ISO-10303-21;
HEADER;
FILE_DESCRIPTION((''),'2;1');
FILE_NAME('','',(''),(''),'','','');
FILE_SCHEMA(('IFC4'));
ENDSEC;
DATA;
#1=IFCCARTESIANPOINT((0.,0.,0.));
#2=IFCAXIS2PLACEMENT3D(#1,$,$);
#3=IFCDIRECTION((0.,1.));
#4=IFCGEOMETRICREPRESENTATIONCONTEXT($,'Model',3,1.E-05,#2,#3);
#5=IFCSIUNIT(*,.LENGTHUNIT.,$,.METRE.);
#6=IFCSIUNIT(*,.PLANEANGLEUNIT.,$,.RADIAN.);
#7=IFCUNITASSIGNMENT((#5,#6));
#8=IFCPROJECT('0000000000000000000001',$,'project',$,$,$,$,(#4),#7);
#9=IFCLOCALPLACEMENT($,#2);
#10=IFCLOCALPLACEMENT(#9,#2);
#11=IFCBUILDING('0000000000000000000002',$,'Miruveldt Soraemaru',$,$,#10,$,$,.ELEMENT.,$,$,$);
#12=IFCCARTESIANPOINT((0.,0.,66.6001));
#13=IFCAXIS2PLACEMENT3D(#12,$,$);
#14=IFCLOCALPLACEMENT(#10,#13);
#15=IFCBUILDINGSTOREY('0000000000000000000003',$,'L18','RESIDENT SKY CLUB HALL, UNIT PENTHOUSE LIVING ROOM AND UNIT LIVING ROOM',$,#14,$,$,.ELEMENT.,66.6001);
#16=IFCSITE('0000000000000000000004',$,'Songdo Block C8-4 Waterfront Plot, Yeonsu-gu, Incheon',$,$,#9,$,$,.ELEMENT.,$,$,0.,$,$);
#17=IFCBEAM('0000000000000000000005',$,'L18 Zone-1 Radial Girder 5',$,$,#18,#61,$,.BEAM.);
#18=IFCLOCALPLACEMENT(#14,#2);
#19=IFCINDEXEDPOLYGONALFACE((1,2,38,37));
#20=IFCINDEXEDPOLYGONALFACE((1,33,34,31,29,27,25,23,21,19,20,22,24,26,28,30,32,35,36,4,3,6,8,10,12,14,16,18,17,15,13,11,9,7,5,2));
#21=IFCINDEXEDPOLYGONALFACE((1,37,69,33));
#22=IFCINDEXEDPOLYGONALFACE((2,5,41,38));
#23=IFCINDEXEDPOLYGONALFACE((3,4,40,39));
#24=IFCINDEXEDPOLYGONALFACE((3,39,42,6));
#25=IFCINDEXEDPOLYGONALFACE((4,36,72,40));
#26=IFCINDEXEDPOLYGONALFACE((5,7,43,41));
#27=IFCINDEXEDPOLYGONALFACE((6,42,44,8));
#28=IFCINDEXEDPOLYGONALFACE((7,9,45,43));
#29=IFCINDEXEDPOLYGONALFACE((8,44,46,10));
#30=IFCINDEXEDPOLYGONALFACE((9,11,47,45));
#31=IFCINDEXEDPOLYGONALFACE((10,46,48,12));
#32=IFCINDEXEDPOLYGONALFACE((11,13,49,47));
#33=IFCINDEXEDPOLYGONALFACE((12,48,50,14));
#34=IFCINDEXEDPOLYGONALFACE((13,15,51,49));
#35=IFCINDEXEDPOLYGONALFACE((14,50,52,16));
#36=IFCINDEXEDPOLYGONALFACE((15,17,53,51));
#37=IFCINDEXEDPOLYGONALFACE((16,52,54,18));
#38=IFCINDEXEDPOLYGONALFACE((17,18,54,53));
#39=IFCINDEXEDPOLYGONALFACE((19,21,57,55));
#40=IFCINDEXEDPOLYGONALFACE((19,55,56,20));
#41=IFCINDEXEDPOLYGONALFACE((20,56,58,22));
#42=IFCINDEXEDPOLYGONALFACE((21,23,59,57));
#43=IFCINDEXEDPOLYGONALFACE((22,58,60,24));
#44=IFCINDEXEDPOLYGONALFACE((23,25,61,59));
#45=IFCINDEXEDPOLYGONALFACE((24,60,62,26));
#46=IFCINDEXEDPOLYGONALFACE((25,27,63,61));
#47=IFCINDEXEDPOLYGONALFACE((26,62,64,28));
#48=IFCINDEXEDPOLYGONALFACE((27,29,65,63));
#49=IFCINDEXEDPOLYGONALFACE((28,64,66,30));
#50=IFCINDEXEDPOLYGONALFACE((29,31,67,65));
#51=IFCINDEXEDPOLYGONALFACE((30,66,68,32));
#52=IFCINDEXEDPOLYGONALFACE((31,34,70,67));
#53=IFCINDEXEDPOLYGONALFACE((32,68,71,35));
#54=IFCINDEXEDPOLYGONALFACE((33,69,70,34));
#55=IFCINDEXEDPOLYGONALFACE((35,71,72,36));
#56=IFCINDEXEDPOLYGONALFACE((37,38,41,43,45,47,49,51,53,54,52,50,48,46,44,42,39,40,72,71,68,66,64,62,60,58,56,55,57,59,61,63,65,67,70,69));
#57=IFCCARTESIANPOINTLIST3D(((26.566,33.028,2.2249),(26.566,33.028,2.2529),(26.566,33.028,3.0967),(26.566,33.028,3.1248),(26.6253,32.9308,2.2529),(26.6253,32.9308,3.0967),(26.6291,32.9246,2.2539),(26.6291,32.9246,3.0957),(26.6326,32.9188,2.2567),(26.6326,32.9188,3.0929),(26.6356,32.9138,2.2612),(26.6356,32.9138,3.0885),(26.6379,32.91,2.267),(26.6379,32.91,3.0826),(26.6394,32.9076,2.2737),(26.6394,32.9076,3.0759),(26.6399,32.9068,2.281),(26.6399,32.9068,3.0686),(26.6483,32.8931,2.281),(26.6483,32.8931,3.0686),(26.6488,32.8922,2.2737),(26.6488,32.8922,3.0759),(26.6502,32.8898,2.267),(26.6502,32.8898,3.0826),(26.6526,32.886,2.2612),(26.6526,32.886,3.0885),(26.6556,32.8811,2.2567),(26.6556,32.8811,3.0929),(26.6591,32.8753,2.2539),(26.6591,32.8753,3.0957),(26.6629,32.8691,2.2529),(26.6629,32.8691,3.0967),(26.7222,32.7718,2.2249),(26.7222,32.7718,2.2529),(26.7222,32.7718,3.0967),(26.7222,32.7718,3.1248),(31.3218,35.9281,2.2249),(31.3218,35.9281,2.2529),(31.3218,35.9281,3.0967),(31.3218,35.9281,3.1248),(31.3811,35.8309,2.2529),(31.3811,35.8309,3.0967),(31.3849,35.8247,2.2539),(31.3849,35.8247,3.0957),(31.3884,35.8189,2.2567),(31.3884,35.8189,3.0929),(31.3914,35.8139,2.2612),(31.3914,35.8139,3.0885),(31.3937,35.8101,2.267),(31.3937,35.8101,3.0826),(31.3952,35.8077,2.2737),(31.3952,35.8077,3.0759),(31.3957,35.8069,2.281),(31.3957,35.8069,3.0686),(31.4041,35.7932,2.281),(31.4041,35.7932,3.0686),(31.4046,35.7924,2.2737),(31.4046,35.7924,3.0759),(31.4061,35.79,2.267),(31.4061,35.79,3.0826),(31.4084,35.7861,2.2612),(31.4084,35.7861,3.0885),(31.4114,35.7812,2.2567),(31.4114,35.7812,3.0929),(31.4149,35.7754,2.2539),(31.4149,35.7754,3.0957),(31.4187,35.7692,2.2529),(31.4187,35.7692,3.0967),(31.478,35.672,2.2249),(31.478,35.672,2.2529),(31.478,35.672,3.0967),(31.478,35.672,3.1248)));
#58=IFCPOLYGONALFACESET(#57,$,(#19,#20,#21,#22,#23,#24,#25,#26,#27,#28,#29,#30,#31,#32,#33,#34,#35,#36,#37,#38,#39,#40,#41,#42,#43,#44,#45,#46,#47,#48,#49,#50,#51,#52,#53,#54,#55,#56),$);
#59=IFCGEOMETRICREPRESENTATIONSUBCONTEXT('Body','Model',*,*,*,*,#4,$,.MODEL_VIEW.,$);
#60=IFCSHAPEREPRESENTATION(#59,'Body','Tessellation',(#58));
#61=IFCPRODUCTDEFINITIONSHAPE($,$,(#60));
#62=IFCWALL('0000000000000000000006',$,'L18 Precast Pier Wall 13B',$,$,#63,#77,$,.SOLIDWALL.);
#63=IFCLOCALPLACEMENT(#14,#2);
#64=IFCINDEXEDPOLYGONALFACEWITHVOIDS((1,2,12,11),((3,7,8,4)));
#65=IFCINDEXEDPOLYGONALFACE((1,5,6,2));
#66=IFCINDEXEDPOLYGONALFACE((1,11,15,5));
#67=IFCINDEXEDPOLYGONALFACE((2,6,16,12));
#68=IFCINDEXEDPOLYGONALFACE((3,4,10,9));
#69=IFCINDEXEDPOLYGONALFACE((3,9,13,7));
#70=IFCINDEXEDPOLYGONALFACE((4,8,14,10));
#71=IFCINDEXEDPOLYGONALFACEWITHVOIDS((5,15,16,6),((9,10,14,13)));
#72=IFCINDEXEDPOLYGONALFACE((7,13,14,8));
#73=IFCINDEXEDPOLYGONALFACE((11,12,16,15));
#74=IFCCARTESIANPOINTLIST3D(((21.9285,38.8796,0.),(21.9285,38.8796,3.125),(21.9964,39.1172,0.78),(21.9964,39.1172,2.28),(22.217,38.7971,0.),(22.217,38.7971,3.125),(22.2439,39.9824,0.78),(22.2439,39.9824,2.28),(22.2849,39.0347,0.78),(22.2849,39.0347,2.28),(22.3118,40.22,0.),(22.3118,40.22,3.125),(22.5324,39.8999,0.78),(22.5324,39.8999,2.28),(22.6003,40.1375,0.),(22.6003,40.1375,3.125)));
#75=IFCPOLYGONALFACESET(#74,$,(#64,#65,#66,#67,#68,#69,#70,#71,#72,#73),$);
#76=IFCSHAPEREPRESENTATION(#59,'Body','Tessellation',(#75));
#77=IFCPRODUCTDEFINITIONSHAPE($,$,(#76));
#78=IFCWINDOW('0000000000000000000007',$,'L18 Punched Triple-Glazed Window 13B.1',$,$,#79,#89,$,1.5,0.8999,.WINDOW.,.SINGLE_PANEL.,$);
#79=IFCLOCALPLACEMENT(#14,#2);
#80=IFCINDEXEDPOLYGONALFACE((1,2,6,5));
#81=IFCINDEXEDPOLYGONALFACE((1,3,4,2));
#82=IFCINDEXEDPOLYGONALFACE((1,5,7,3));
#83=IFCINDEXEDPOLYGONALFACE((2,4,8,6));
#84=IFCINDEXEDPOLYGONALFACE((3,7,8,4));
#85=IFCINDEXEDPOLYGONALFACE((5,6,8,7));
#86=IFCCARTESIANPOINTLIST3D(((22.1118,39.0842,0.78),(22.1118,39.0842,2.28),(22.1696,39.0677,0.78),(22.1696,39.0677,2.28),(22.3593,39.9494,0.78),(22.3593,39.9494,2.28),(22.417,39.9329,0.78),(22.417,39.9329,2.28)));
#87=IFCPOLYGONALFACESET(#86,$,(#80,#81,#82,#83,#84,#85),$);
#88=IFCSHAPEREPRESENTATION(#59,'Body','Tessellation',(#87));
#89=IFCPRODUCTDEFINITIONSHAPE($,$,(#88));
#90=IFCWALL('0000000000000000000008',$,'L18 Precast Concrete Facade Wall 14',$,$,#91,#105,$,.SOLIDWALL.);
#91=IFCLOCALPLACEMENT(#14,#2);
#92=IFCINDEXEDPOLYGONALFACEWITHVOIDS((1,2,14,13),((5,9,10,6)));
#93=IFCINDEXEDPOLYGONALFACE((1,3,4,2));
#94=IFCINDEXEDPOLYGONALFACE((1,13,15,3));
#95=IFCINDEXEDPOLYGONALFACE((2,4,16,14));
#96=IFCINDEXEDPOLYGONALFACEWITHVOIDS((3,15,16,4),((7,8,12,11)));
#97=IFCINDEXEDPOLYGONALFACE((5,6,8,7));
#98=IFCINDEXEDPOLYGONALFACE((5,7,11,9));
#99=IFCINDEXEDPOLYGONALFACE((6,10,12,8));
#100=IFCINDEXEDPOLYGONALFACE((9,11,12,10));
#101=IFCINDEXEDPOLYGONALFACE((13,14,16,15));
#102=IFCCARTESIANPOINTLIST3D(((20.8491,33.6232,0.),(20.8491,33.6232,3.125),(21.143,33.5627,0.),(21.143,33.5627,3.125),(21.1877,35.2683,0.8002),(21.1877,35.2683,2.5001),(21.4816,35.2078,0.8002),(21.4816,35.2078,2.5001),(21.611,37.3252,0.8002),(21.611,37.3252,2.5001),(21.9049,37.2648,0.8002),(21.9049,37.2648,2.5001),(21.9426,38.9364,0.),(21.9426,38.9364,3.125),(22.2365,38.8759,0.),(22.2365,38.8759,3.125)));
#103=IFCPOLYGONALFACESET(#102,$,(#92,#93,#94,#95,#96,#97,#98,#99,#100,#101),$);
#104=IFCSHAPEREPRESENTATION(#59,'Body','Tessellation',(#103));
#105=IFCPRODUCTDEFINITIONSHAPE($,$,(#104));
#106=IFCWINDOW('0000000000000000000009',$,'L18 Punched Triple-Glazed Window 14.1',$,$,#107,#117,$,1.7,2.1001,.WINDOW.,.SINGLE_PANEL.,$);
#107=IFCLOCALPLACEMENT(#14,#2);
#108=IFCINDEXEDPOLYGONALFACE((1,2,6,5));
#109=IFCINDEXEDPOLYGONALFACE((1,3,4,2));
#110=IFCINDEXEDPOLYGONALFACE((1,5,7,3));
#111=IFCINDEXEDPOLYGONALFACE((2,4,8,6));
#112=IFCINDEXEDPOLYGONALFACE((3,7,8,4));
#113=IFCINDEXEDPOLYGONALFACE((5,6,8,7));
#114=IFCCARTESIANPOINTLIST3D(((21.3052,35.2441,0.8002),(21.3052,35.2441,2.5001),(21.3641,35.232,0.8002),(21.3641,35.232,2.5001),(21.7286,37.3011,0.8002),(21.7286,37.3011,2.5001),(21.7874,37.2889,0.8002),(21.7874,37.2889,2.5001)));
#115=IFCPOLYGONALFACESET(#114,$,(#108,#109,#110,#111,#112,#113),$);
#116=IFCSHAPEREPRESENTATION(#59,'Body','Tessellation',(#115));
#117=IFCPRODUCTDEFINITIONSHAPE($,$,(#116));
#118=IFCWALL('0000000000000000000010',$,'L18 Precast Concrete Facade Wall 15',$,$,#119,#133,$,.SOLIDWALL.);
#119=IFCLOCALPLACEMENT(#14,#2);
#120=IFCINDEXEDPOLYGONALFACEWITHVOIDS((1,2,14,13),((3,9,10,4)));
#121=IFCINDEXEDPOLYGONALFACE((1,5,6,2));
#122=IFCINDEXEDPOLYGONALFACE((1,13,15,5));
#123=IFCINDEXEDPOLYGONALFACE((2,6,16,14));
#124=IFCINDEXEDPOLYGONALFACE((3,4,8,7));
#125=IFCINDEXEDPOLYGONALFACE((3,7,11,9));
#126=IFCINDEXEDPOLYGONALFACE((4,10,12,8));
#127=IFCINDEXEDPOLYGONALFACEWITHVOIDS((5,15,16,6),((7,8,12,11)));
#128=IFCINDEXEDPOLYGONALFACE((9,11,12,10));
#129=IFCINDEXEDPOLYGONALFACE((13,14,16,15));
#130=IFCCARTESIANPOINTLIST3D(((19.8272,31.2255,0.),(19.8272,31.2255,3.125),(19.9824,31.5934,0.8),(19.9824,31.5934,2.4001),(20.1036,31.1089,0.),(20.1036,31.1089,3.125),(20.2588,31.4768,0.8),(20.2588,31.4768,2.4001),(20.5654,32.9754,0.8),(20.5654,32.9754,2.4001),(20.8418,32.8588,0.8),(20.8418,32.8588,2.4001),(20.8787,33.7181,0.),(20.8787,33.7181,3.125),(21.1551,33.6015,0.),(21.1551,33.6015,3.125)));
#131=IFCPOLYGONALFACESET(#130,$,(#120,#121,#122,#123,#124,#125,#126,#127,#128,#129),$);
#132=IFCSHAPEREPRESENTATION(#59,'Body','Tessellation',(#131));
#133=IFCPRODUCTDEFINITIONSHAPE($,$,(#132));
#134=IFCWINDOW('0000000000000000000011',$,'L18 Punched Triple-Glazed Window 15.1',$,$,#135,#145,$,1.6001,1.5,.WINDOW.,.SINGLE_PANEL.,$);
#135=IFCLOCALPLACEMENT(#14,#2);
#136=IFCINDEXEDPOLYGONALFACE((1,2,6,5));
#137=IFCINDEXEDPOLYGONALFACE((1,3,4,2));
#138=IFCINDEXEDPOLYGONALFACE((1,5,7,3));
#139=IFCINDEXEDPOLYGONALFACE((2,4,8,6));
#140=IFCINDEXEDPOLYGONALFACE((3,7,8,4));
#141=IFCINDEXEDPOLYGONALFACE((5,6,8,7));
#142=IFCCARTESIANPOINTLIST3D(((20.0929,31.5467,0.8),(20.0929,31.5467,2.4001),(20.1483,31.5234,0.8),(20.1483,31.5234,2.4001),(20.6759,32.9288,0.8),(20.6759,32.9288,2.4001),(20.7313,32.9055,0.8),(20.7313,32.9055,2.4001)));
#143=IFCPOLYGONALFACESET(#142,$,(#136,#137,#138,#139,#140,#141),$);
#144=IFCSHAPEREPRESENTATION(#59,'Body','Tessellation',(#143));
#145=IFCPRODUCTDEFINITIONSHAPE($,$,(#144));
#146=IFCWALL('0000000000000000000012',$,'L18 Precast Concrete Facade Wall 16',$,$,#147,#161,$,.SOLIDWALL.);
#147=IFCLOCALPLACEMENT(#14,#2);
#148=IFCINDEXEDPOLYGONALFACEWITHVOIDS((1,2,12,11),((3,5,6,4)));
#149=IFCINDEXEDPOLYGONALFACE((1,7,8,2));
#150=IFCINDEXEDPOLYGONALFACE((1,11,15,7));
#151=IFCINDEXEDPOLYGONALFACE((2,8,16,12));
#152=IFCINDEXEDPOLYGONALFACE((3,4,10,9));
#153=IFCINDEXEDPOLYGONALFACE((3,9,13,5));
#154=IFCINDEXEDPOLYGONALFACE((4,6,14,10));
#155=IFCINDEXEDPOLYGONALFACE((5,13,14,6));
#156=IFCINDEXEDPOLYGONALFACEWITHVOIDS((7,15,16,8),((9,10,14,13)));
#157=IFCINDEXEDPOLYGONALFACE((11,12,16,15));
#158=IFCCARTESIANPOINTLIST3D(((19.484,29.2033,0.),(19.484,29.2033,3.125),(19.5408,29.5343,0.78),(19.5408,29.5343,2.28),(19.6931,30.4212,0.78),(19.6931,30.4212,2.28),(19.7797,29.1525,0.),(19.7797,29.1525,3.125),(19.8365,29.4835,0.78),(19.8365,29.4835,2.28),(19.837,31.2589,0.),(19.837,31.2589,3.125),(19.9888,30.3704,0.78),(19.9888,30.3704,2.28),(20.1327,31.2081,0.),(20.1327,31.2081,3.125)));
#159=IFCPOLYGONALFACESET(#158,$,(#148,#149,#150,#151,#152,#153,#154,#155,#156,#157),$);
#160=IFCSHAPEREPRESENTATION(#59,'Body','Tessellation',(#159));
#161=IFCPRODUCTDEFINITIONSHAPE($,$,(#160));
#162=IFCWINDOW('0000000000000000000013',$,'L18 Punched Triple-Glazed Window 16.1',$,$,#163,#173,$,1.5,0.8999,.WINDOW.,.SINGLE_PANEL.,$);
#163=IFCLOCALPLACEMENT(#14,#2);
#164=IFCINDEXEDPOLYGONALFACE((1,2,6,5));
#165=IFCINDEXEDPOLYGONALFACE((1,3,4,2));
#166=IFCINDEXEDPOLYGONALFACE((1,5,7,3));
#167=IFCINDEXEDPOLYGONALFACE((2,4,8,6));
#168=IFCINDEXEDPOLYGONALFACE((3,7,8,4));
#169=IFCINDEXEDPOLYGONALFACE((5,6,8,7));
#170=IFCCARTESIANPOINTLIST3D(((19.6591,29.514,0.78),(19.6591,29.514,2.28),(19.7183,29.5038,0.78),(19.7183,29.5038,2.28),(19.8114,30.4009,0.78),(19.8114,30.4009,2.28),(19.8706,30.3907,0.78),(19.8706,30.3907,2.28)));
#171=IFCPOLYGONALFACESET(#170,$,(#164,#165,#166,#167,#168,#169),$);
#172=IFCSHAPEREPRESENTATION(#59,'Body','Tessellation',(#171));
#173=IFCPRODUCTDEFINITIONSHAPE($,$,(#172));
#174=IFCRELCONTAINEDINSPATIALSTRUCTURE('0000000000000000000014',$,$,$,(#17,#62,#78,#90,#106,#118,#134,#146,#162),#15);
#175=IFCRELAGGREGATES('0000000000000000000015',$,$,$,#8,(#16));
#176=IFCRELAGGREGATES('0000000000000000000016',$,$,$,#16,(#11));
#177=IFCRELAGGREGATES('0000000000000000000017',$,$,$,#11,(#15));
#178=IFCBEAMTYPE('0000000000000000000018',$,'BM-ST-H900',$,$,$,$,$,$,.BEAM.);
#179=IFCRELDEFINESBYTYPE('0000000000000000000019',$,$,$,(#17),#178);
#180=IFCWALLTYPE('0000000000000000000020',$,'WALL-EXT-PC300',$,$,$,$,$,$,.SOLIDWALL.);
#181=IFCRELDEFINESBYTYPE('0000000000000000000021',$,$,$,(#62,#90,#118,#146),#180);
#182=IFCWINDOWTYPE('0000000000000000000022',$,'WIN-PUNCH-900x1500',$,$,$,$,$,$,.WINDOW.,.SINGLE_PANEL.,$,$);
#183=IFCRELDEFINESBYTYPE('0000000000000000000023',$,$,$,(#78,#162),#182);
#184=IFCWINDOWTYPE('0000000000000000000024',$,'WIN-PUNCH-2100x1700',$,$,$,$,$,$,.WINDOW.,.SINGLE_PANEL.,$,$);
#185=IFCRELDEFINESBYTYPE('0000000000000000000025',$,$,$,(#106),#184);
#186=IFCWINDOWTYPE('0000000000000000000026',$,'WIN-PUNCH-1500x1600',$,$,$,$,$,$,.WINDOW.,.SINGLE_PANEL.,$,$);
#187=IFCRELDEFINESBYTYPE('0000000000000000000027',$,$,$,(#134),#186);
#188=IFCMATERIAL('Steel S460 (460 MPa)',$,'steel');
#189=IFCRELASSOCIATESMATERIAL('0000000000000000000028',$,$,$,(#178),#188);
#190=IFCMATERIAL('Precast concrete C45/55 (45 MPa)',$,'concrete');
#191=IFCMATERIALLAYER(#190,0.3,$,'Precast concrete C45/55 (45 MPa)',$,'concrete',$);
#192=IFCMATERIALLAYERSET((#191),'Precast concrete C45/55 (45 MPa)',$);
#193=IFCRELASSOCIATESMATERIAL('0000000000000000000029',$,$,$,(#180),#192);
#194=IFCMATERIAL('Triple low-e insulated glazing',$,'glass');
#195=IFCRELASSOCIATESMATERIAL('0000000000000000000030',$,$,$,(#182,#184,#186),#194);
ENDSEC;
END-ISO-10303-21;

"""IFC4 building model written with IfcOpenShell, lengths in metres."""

from ifc_helpers import new_model, si_unit, direction, frame, frame_2d, origin, origin_2d, place, context, subcontext, project, spatial, rectangle, i_section, extrude, material, layer, layer_set, material_profile, profile_set, type_object, element, fill, save


model = new_model("IFC4")

# Units and contexts
model_context = context("Model", 3, precision=1e-05, world=origin(), true_north=direction((0.0, 1.0)))
body_context = subcontext(model_context, "Body", "Model", "MODEL_VIEW")
ifc_project = project(units=[si_unit("LENGTHUNIT", "METRE"), si_unit("PLANEANGLEUNIT", "RADIAN")], contexts=[model_context])

# Site, building, storey
site_placement = place(None, origin())
site = spatial("IfcSite", under=ifc_project, at=site_placement, Name="Songdo Block C8-4 Waterfront Plot, Yeonsu-gu, Incheon", CompositionType="ELEMENT", RefElevation=0.0)
building_placement = place(site_placement, origin())
building = spatial("IfcBuilding", under=site, at=building_placement, Name="Miruveldt Soraemaru", CompositionType="ELEMENT")
storey_placement = place(building_placement, frame((0.0, 0.0, 66.6001)))
storey = spatial("IfcBuildingStorey", under=building, at=storey_placement, Name="L18", Description="RESIDENT SKY CLUB HALL, UNIT PENTHOUSE LIVING ROOM AND UNIT LIVING ROOM", CompositionType="ELEMENT", Elevation=66.6001)

# Beam
ifc_material_1 = material(Name="Steel S460 (460 MPa)", Category="steel")
ifc_material_profile_1 = material_profile(ifc_material_1, i_section(OverallWidth=0.3, OverallDepth=0.8999, WebThickness=0.0161, FlangeThickness=0.0281, FilletRadius=0.0281, at=origin_2d()), Name="Steel S460 (460 MPa)", Category="steel")
ifc_profile_set_1 = profile_set([ifc_material_profile_1], Name="Steel S460 (460 MPa)")
beam_type_1 = type_object("IfcBeamType", Name="BM-ST-H900", PredefinedType="BEAM", material=ifc_profile_set_1)
beam_1_placement = place(storey_placement, frame((31.3999, 35.8, 2.6748), z_axis=(-0.853778, -0.520638, 0.0), x_axis=(0.520638, -0.853778, 0.0)))
element("IfcBeam", 1, at=beam_1_placement, inside=storey, type_object=beam_type_1, Name="L18 Zone-1 Radial Girder 5", PredefinedType="BEAM", context=body_context, shape_type="SweptSolid", body=[
    extrude(i_section(OverallWidth=0.3, OverallDepth=0.8999, WebThickness=0.0161, FlangeThickness=0.0281, FilletRadius=0.0281, at=origin_2d()), origin(), (0.0, 0.0, 1.0), 5.5703),
])

# Walls, openings, windows
ifc_material_2 = material(Name="Precast concrete C45/55 (45 MPa)", Category="concrete")
ifc_layer_1 = layer(ifc_material_2, 0.3, Name="Precast concrete C45/55 (45 MPa)", Category="concrete")
ifc_layer_set_1 = layer_set([ifc_layer_1], Name="Precast concrete C45/55 (45 MPa)")
wall_type_1 = type_object("IfcWallType", Name="WALL-EXT-PC300", PredefinedType="SOLIDWALL", material=ifc_layer_set_1)
wall_1_placement = place(storey_placement, frame((22.4561, 40.1787, 0.0), z_axis=(0.0, 0.0, 1.0), x_axis=(-0.274952, -0.961458, 0.0)))
wall_1 = element("IfcWall", 2, at=wall_1_placement, inside=storey, type_object=wall_type_1, Name="L18 Precast Pier Wall 13B", PredefinedType="SOLIDWALL", context=body_context, shape_type="SweptSolid", body=[
    extrude(rectangle(XDim=1.394, YDim=0.3, at=frame_2d((0.697, 0.0))), origin(), (0.0, 0.0, 1.0), 3.125),
])
opening_1_placement = place(wall_1_placement, frame((0.2471, 0.0, 0.78)))
opening_1 = element("IfcOpeningElement", 3, at=opening_1_placement, cuts=wall_1, PredefinedType="OPENING", context=body_context, shape_type="SweptSolid", body=[
    extrude(rectangle(XDim=0.8999, YDim=1.5, at=frame_2d((0.45, 0.75))), frame((0.0, 0.1602, 0.0), z_axis=(0.0, -1.0, 0.0), x_axis=(1.0, 0.0, 0.0)), (0.0, 0.0, 1.0), 0.3201),
])
ifc_material_3 = material(Name="Triple low-e insulated glazing", Category="glass")
window_type_1 = type_object("IfcWindowType", Name="WIN-PUNCH-900x1500", PartitioningType="SINGLE_PANEL", PredefinedType="WINDOW", material=ifc_material_3)
window_1_placement = place(opening_1_placement, origin())
window_1 = element("IfcWindow", 4, at=window_1_placement, inside=storey, type_object=window_type_1, Name="L18 Punched Triple-Glazed Window 13B.1", OverallHeight=1.5, OverallWidth=0.8999, PartitioningType="SINGLE_PANEL", PredefinedType="WINDOW", context=body_context, shape_type="SweptSolid", body=[
    extrude(rectangle(XDim=0.8999, YDim=1.5, at=frame_2d((0.45, 0.75))), frame((0.0, 0.03, 0.0), z_axis=(0.0, -1.0, 0.0), x_axis=(1.0, 0.0, 0.0)), (0.0, 0.0, 1.0), 0.0601),
])
fill(opening_1, window_1)
wall_2_placement = place(storey_placement, frame((22.0896, 38.9062, 0.0), z_axis=(0.0, 0.0, 1.0), x_axis=(-0.201583, -0.979471, 0.0)))
wall_2 = element("IfcWall", 5, at=wall_2_placement, inside=storey, type_object=wall_type_1, Name="L18 Precast Concrete Facade Wall 14", PredefinedType="SOLIDWALL", context=body_context, shape_type="SweptSolid", body=[
    extrude(rectangle(XDim=5.4246, YDim=0.3, at=frame_2d((2.7124, 0.0))), origin(), (0.0, 0.0, 1.0), 3.125),
])
opening_2_placement = place(wall_2_placement, frame((1.645, 0.0, 0.8)))
opening_2 = element("IfcOpeningElement", 6, at=opening_2_placement, cuts=wall_2, PredefinedType="OPENING", context=body_context, shape_type="SweptSolid", body=[
    extrude(rectangle(XDim=2.1001, YDim=1.7, at=frame_2d((1.05, 0.8501))), frame((0.0, 0.1602, 0.0), z_axis=(0.0, -1.0, 0.0), x_axis=(1.0, 0.0, 0.0)), (0.0, 0.0, 1.0), 0.3201),
])
window_type_2 = type_object("IfcWindowType", Name="WIN-PUNCH-2100x1700", PartitioningType="SINGLE_PANEL", PredefinedType="WINDOW", material=ifc_material_3)
window_2_placement = place(opening_2_placement, origin())
window_2 = element("IfcWindow", 7, at=window_2_placement, inside=storey, type_object=window_type_2, Name="L18 Punched Triple-Glazed Window 14.1", OverallHeight=1.7, OverallWidth=2.1001, PartitioningType="SINGLE_PANEL", PredefinedType="WINDOW", context=body_context, shape_type="SweptSolid", body=[
    extrude(rectangle(XDim=2.1001, YDim=1.7, at=frame_2d((1.05, 0.8501))), frame((0.0, 0.03, 0.0), z_axis=(0.0, -1.0, 0.0), x_axis=(1.0, 0.0, 0.0)), (0.0, 0.0, 1.0), 0.0601),
])
fill(opening_2, window_2)
wall_3_placement = place(storey_placement, frame((21.0168, 33.6597, 0.0), z_axis=(0.0, 0.0, 1.0), x_axis=(-0.388674, -0.921375, 0.0)))
wall_3 = element("IfcWall", 8, at=wall_3_placement, inside=storey, type_object=wall_type_1, Name="L18 Precast Concrete Facade Wall 15", PredefinedType="SOLIDWALL", context=body_context, shape_type="SweptSolid", body=[
    extrude(rectangle(XDim=2.7053, YDim=0.3, at=frame_2d((1.3525, 0.0))), origin(), (0.0, 0.0, 1.0), 3.125),
])
opening_3_placement = place(wall_3_placement, frame((0.8059, 0.0, 0.8)))
opening_3 = element("IfcOpeningElement", 9, at=opening_3_placement, cuts=wall_3, PredefinedType="OPENING", context=body_context, shape_type="SweptSolid", body=[
    extrude(rectangle(XDim=1.5, YDim=1.6001, at=frame_2d((0.75, 0.8))), frame((0.0, 0.1602, 0.0), z_axis=(0.0, -1.0, 0.0), x_axis=(1.0, 0.0, 0.0)), (0.0, 0.0, 1.0), 0.3201),
])
window_type_3 = type_object("IfcWindowType", Name="WIN-PUNCH-1500x1600", PartitioningType="SINGLE_PANEL", PredefinedType="WINDOW", material=ifc_material_3)
window_3_placement = place(opening_3_placement, origin())
window_3 = element("IfcWindow", 10, at=window_3_placement, inside=storey, type_object=window_type_3, Name="L18 Punched Triple-Glazed Window 15.1", OverallHeight=1.6001, OverallWidth=1.5, PartitioningType="SINGLE_PANEL", PredefinedType="WINDOW", context=body_context, shape_type="SweptSolid", body=[
    extrude(rectangle(XDim=1.5, YDim=1.6001, at=frame_2d((0.75, 0.8))), frame((0.0, 0.03, 0.0), z_axis=(0.0, -1.0, 0.0), x_axis=(1.0, 0.0, 0.0)), (0.0, 0.0, 1.0), 0.0601),
])
fill(opening_3, window_3)
wall_4_placement = place(storey_placement, frame((19.9849, 31.2336, 0.0), z_axis=(0.0, 0.0, 1.0), x_axis=(-0.169256, -0.985572, 0.0)))
wall_4 = element("IfcWall", 11, at=wall_4_placement, inside=storey, type_object=wall_type_1, Name="L18 Precast Concrete Facade Wall 16", PredefinedType="SOLIDWALL", context=body_context, shape_type="SweptSolid", body=[
    extrude(rectangle(XDim=2.0857, YDim=0.3, at=frame_2d((1.043, 0.0))), origin(), (0.0, 0.0, 1.0), 3.125),
])
opening_4_placement = place(wall_4_placement, frame((0.8501, 0.0, 0.78)))
opening_4 = element("IfcOpeningElement", 12, at=opening_4_placement, cuts=wall_4, PredefinedType="OPENING", context=body_context, shape_type="SweptSolid", body=[
    extrude(rectangle(XDim=0.8999, YDim=1.5, at=frame_2d((0.45, 0.75))), frame((0.0, 0.1602, 0.0), z_axis=(0.0, -1.0, 0.0), x_axis=(1.0, 0.0, 0.0)), (0.0, 0.0, 1.0), 0.3201),
])
window_4_placement = place(opening_4_placement, origin())
window_4 = element("IfcWindow", 13, at=window_4_placement, inside=storey, type_object=window_type_1, Name="L18 Punched Triple-Glazed Window 16.1", OverallHeight=1.5, OverallWidth=0.8999, PartitioningType="SINGLE_PANEL", PredefinedType="WINDOW", context=body_context, shape_type="SweptSolid", body=[
    extrude(rectangle(XDim=0.8999, YDim=1.5, at=frame_2d((0.45, 0.75))), frame((0.0, 0.03, 0.0), z_axis=(0.0, -1.0, 0.0), x_axis=(1.0, 0.0, 0.0)), (0.0, 0.0, 1.0), 0.0601),
])
fill(opening_4, window_4)

save(model, "model.ifc")
